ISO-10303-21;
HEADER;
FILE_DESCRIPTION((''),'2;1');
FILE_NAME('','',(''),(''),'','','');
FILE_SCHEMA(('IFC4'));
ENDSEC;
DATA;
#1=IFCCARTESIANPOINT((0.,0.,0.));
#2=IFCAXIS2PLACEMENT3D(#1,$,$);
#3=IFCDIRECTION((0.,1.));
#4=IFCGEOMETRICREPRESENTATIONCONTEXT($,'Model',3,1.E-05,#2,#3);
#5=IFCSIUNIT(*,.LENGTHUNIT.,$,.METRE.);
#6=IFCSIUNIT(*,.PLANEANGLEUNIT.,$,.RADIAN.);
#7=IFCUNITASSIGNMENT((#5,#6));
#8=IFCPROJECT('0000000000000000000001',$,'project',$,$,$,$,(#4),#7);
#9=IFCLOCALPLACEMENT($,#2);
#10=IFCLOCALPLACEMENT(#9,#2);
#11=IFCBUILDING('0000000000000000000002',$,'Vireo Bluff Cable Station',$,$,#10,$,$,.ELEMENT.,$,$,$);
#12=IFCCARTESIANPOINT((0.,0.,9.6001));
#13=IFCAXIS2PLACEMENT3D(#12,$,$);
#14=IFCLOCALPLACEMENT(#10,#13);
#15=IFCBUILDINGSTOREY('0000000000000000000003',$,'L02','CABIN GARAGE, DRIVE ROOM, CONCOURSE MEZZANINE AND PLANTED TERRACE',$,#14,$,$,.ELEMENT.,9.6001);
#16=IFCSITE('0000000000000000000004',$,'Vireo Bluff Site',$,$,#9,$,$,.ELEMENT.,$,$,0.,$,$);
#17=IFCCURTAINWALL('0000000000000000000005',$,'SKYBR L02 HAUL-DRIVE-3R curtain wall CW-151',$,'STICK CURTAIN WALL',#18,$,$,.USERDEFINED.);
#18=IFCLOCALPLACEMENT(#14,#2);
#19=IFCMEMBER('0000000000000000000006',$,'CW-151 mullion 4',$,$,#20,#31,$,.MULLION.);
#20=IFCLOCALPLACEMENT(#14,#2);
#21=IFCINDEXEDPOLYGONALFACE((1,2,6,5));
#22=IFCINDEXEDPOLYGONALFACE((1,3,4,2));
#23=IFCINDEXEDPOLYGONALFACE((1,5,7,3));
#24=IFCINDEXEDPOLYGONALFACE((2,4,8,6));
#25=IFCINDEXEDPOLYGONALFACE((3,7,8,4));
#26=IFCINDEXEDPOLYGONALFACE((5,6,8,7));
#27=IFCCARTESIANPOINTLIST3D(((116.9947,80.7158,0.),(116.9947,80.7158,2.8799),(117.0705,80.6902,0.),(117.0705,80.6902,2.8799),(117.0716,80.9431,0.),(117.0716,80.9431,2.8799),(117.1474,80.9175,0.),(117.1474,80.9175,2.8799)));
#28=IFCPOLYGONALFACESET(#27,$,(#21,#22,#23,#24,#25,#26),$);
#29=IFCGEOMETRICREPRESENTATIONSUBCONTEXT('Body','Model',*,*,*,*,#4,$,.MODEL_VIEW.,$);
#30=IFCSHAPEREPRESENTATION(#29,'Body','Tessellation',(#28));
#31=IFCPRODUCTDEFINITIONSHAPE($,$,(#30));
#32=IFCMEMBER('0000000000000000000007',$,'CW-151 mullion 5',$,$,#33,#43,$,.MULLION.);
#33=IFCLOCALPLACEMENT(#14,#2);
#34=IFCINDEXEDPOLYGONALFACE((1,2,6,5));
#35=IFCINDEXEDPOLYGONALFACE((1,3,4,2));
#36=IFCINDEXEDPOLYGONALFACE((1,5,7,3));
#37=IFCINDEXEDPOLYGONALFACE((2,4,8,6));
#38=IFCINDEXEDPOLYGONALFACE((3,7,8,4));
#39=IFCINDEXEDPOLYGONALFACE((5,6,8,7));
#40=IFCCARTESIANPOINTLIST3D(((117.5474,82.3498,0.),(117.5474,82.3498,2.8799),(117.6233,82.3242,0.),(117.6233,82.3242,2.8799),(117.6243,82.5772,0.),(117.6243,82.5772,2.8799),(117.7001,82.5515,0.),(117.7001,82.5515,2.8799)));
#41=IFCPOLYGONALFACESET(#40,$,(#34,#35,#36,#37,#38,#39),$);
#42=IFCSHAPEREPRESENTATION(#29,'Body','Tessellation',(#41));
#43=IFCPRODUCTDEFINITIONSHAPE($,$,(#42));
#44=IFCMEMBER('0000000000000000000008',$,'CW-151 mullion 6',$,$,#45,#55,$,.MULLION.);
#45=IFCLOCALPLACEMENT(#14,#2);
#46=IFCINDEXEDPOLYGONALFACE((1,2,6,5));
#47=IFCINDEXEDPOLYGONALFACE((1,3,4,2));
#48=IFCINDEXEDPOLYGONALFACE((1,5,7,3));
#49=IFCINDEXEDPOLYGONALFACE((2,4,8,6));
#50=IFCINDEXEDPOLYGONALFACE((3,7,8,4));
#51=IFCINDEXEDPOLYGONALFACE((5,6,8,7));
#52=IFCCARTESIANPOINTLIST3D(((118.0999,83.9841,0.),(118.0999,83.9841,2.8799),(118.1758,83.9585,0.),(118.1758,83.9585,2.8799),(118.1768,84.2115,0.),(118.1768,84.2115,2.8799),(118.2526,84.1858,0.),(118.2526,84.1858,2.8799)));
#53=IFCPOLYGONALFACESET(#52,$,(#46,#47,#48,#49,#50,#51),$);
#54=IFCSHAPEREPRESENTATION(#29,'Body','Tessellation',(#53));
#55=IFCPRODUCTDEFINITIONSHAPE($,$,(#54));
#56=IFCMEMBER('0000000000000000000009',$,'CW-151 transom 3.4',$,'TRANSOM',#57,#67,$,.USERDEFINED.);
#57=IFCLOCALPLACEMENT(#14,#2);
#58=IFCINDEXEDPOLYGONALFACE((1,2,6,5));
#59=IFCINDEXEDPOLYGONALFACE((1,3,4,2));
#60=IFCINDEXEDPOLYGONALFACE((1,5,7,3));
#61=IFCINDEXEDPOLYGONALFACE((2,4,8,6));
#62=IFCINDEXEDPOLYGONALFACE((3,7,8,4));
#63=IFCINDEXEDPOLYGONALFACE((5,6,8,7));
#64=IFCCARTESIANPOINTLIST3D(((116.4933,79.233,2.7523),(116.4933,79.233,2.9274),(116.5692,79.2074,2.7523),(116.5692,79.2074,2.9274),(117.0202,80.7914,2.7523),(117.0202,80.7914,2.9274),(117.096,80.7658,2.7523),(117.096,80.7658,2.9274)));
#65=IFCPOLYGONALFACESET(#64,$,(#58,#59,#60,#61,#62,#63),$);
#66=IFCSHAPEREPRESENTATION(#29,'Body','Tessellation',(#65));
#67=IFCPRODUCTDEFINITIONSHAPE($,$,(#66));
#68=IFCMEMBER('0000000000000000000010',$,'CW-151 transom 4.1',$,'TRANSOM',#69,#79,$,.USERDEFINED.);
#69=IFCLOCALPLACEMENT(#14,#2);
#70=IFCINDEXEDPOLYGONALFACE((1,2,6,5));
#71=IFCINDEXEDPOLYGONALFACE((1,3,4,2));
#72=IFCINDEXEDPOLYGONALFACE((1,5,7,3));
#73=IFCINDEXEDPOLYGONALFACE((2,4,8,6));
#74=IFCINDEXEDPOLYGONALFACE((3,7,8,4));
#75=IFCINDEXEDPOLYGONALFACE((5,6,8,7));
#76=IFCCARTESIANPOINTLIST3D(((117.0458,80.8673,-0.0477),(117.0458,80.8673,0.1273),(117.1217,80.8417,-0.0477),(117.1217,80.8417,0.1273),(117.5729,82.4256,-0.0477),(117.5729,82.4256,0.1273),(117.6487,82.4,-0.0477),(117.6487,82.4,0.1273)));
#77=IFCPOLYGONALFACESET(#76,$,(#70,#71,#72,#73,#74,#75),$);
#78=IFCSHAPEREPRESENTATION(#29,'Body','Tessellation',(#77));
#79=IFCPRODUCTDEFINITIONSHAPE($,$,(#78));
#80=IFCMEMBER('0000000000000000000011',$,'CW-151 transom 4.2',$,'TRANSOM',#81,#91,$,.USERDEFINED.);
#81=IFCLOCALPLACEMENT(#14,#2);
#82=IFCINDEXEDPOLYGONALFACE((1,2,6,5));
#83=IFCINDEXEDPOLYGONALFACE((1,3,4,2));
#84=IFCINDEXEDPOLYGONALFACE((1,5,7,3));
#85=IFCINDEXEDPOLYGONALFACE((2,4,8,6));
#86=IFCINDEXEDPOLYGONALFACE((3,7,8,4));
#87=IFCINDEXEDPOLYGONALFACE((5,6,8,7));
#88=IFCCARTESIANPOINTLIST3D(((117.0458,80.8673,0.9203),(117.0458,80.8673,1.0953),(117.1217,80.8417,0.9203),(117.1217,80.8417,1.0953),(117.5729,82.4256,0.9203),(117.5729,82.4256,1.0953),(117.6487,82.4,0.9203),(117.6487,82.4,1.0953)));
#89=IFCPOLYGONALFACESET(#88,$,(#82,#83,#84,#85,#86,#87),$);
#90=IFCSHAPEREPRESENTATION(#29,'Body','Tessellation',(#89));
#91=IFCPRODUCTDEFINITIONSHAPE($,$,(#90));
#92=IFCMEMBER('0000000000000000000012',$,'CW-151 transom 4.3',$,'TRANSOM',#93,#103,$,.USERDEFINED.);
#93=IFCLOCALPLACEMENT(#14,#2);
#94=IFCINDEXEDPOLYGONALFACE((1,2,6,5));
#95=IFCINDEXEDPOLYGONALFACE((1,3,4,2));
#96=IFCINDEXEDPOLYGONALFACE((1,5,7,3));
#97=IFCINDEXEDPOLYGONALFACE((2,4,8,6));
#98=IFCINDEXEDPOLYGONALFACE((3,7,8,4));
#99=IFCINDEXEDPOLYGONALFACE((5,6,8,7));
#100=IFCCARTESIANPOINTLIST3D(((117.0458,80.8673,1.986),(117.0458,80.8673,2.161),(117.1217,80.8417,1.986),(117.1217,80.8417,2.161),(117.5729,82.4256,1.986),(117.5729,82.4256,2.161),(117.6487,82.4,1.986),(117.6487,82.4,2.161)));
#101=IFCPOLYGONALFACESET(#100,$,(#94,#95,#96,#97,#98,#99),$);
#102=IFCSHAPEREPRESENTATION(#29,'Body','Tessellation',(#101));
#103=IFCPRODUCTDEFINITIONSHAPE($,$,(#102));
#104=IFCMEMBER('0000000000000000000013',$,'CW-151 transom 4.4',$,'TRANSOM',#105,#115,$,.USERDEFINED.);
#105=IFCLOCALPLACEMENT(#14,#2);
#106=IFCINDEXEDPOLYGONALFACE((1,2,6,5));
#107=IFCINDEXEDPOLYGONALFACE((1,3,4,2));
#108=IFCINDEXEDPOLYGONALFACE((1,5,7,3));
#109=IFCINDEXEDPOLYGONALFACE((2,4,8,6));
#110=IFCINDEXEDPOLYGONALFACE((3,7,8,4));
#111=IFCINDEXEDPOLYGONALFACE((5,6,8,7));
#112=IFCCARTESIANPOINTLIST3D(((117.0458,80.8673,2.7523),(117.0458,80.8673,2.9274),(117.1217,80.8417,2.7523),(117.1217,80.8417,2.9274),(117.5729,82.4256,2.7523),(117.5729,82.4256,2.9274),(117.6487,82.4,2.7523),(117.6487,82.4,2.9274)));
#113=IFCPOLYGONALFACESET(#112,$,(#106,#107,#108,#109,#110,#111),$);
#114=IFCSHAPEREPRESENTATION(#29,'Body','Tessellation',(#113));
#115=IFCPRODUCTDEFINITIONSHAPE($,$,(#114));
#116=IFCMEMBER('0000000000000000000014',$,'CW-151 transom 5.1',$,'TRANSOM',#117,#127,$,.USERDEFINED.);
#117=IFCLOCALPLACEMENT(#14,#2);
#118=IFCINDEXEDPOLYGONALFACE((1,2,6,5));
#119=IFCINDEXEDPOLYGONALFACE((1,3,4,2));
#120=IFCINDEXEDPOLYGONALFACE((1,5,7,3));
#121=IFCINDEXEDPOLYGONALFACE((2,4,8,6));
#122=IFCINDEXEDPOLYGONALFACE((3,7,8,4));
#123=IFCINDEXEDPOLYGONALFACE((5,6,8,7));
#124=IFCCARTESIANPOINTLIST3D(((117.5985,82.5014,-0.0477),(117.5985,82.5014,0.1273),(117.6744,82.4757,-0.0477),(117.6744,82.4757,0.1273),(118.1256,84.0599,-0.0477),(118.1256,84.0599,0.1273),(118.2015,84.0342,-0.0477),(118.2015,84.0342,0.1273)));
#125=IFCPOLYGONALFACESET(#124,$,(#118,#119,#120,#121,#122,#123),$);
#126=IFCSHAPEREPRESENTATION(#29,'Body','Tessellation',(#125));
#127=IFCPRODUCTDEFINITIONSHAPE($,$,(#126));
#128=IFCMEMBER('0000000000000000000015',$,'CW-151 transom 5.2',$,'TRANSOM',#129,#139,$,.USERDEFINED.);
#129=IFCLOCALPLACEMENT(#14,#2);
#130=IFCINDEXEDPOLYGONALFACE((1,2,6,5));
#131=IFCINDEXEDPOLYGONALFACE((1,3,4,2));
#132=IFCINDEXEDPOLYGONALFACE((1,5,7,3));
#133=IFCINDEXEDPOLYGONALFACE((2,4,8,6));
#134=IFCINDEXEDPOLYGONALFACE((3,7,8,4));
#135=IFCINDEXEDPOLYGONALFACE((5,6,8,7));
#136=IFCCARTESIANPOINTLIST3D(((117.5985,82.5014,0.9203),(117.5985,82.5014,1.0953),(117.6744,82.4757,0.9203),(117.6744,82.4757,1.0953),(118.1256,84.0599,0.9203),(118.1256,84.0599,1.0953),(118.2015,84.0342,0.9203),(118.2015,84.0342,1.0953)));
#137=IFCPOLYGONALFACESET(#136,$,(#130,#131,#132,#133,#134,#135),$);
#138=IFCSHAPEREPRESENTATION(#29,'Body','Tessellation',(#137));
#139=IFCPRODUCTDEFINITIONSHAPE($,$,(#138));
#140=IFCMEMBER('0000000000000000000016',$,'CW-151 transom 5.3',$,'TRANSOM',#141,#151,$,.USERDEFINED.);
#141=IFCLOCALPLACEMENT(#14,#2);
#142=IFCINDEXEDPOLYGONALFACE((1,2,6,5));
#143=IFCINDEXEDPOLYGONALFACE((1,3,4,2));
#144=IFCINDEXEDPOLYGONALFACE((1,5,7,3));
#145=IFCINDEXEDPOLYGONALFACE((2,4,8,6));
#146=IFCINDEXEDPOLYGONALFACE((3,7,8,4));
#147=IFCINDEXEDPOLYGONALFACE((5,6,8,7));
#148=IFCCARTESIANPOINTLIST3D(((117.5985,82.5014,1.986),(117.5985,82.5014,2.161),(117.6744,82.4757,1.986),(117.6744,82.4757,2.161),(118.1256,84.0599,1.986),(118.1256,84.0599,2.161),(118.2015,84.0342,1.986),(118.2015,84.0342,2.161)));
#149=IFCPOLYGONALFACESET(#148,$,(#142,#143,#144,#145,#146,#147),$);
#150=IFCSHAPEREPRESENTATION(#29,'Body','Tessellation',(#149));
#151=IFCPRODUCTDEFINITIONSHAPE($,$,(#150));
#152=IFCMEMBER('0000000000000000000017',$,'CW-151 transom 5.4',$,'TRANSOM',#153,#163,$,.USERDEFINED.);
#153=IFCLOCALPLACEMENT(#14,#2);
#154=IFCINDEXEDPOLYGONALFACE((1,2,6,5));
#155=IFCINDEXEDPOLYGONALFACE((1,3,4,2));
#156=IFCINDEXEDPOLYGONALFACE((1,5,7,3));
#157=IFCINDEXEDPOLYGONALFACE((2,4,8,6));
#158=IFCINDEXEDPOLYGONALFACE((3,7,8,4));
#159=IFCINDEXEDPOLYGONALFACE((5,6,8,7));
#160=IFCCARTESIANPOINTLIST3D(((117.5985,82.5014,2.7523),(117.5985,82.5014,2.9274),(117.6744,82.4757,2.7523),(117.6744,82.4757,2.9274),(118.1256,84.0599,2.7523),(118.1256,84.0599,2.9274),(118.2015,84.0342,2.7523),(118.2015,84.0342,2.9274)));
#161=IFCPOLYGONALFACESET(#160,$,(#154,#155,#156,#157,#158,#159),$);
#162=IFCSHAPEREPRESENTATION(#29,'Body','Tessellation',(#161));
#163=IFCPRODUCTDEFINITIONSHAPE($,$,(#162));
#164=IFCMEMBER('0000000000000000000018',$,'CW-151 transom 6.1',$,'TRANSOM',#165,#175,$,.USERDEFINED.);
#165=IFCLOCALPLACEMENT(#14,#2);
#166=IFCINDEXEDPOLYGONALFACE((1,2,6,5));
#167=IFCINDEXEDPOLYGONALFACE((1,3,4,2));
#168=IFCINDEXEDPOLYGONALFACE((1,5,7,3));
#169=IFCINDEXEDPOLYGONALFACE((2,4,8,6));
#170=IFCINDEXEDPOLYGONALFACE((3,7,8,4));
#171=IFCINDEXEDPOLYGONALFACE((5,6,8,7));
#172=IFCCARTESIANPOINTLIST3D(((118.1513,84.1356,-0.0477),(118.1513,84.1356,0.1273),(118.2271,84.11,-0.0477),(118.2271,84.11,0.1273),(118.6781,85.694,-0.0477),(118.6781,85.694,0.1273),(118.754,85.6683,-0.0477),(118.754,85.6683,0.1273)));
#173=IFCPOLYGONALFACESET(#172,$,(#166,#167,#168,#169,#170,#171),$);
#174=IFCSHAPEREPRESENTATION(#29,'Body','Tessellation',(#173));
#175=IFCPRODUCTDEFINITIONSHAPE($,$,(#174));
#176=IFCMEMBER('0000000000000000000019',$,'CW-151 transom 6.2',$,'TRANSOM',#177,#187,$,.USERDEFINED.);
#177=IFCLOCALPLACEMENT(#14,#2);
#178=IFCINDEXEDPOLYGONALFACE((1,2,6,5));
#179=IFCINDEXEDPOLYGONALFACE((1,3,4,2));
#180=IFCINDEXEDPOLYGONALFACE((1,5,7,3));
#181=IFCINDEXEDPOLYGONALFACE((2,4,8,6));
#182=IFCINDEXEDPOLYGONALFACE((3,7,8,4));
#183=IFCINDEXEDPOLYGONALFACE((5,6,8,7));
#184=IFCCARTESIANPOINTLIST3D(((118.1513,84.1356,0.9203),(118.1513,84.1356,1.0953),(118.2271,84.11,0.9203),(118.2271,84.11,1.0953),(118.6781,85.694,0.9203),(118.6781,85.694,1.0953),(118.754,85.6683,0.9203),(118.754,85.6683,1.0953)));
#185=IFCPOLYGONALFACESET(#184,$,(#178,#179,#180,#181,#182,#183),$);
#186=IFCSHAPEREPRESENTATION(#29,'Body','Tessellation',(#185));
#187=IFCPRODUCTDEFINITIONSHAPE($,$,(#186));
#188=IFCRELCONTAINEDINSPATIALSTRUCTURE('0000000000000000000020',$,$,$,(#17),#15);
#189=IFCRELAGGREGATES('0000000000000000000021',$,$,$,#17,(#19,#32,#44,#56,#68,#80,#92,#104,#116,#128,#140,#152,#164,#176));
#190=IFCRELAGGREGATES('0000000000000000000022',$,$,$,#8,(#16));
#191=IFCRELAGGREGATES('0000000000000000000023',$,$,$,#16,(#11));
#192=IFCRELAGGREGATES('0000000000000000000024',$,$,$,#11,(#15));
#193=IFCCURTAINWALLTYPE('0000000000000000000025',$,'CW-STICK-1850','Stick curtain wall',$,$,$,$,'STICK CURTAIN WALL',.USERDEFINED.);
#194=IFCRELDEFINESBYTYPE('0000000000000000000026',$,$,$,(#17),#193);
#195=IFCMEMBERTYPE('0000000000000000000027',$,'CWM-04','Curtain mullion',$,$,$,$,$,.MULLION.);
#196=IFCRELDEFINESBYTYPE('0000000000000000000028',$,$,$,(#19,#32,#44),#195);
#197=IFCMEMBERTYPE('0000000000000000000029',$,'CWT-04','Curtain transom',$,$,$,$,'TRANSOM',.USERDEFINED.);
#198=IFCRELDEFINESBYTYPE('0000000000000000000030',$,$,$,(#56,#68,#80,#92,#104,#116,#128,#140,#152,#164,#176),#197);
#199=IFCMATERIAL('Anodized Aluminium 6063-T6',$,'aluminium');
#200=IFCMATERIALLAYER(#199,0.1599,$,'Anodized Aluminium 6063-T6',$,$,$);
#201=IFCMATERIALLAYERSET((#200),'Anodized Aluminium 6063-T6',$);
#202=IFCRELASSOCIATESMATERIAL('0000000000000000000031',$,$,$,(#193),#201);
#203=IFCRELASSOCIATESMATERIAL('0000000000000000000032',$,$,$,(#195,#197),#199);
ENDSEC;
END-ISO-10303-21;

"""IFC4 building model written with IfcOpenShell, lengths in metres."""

from ifc_helpers import new_model, si_unit, direction, frame, origin, origin_2d, place, context, subcontext, project, spatial, rectangle, extrude, material, layer, layer_set, material_profile, profile_set, type_object, element, aggregate, save


model = new_model("IFC4")

# Units and contexts
model_context = context("Model", 3, precision=1e-05, world=origin(), true_north=direction((0.0, 1.0)))
body_context = subcontext(model_context, "Body", "Model", "MODEL_VIEW")
ifc_project = project(units=[si_unit("LENGTHUNIT", "METRE"), si_unit("PLANEANGLEUNIT", "RADIAN")], contexts=[model_context])

# Site, building, storey
site_placement = place(None, origin())
site = spatial("IfcSite", under=ifc_project, at=site_placement, Name="Vireo Bluff Site", CompositionType="ELEMENT", RefElevation=0.0)
building_placement = place(site_placement, origin())
building = spatial("IfcBuilding", under=site, at=building_placement, Name="Vireo Bluff Cable Station", CompositionType="ELEMENT")
storey_placement = place(building_placement, frame((0.0, 0.0, 9.6001)))
storey = spatial("IfcBuildingStorey", under=building, at=storey_placement, Name="L02", Description="CABIN GARAGE, DRIVE ROOM, CONCOURSE MEZZANINE AND PLANTED TERRACE", CompositionType="ELEMENT", Elevation=9.6001)

# Curtain wall, members
ifc_material_1 = material(Name="Anodized Aluminium 6063-T6", Category="aluminium")
ifc_layer_1 = layer(ifc_material_1, 0.1599, Name="Anodized Aluminium 6063-T6")
ifc_layer_set_1 = layer_set([ifc_layer_1], Name="Anodized Aluminium 6063-T6")
curtain_wall_type = type_object("IfcCurtainWallType", Name="CW-STICK-1850", Description="Stick curtain wall", ElementType="STICK CURTAIN WALL", PredefinedType="USERDEFINED", material=ifc_layer_set_1)
curtain_wall_placement = place(storey_placement, origin())
curtain_wall = element("IfcCurtainWall", 1, at=curtain_wall_placement, inside=storey, type_object=curtain_wall_type, Name="SKYBR L02 HAUL-DRIVE-3R curtain wall CW-151", ObjectType="STICK CURTAIN WALL", PredefinedType="USERDEFINED")
ifc_material_profile_1 = material_profile(ifc_material_1, rectangle(XDim=0.0801, YDim=0.24, at=origin_2d()), Name="ALU-M-80X240")
ifc_profile_set_1 = profile_set([ifc_material_profile_1], Name="Anodized Aluminium 6063-T6")
member_type_1 = type_object("IfcMemberType", Name="CWM-04", Description="Curtain mullion", PredefinedType="MULLION", material=ifc_profile_set_1)
member_1_placement = place(storey_placement, frame((117.071, 80.8167, 0.0), z_axis=(0.0, 0.0, 1.0), x_axis=(-0.947298, 0.320354, 0.0)))
member_1 = element("IfcMember", 2, at=member_1_placement, type_object=member_type_1, Name="CW-151 mullion 4", PredefinedType="MULLION", context=body_context, shape_type="SweptSolid", body=[
    extrude(rectangle(XDim=0.0801, YDim=0.24, at=origin_2d()), origin(), (0.0, 0.0, 1.0), 2.8799),
])
member_2_placement = place(storey_placement, frame((117.6238, 82.4507, 0.0), z_axis=(0.0, 0.0, 1.0), x_axis=(-0.947298, 0.320354, 0.0)))
member_2 = element("IfcMember", 3, at=member_2_placement, type_object=member_type_1, Name="CW-151 mullion 5", PredefinedType="MULLION", context=body_context, shape_type="SweptSolid", body=[
    extrude(rectangle(XDim=0.0801, YDim=0.24, at=origin_2d()), origin(), (0.0, 0.0, 1.0), 2.8799),
])
member_3_placement = place(storey_placement, frame((118.1763, 84.085, 0.0), z_axis=(0.0, 0.0, 1.0), x_axis=(-0.947298, 0.320354, 0.0)))
member_3 = element("IfcMember", 4, at=member_3_placement, type_object=member_type_1, Name="CW-151 mullion 6", PredefinedType="MULLION", context=body_context, shape_type="SweptSolid", body=[
    extrude(rectangle(XDim=0.0801, YDim=0.24, at=origin_2d()), origin(), (0.0, 0.0, 1.0), 2.8799),
])
ifc_material_profile_2 = material_profile(ifc_material_1, rectangle(XDim=0.0801, YDim=0.175, at=origin_2d()), Name="ALU-T-80X175")
ifc_profile_set_2 = profile_set([ifc_material_profile_2], Name="Anodized Aluminium 6063-T6")
member_type_2 = type_object("IfcMemberType", Name="CWT-04", Description="Curtain transom", ElementType="TRANSOM", PredefinedType="USERDEFINED", material=ifc_profile_set_2)
member_4_placement = place(storey_placement, frame((116.5312, 79.2202, 2.8398), z_axis=(0.320277, 0.947324, 0.0), x_axis=(-0.947324, 0.320277, 0.0)))
member_4 = element("IfcMember", 5, at=member_4_placement, type_object=member_type_2, Name="CW-151 transom 3.4", ObjectType="TRANSOM", PredefinedType="USERDEFINED", context=body_context, shape_type="SweptSolid", body=[
    extrude(rectangle(XDim=0.0801, YDim=0.175, at=origin_2d()), origin(), (0.0, 0.0, 1.0), 1.645),
])
member_5_placement = place(storey_placement, frame((117.0837, 80.8545, 0.0398), z_axis=(0.32041, 0.947279, 0.0), x_axis=(-0.947279, 0.32041, 0.0)))
member_5 = element("IfcMember", 6, at=member_5_placement, type_object=member_type_2, Name="CW-151 transom 4.1", ObjectType="TRANSOM", PredefinedType="USERDEFINED", context=body_context, shape_type="SweptSolid", body=[
    extrude(rectangle(XDim=0.0801, YDim=0.175, at=origin_2d()), origin(), (0.0, 0.0, 1.0), 1.645),
])
member_6_placement = place(storey_placement, frame((117.0837, 80.8545, 1.0078), z_axis=(0.32041, 0.947279, 0.0), x_axis=(-0.947279, 0.32041, 0.0)))
member_6 = element("IfcMember", 7, at=member_6_placement, type_object=member_type_2, Name="CW-151 transom 4.2", ObjectType="TRANSOM", PredefinedType="USERDEFINED", context=body_context, shape_type="SweptSolid", body=[
    extrude(rectangle(XDim=0.0801, YDim=0.175, at=origin_2d()), origin(), (0.0, 0.0, 1.0), 1.645),
])
member_7_placement = place(storey_placement, frame((117.0837, 80.8545, 2.0735), z_axis=(0.32041, 0.947279, 0.0), x_axis=(-0.947279, 0.32041, 0.0)))
member_7 = element("IfcMember", 8, at=member_7_placement, type_object=member_type_2, Name="CW-151 transom 4.3", ObjectType="TRANSOM", PredefinedType="USERDEFINED", context=body_context, shape_type="SweptSolid", body=[
    extrude(rectangle(XDim=0.0801, YDim=0.175, at=origin_2d()), origin(), (0.0, 0.0, 1.0), 1.645),
])
member_8_placement = place(storey_placement, frame((117.0837, 80.8545, 2.8398), z_axis=(0.32041, 0.947279, 0.0), x_axis=(-0.947279, 0.32041, 0.0)))
member_8 = element("IfcMember", 9, at=member_8_placement, type_object=member_type_2, Name="CW-151 transom 4.4", ObjectType="TRANSOM", PredefinedType="USERDEFINED", context=body_context, shape_type="SweptSolid", body=[
    extrude(rectangle(XDim=0.0801, YDim=0.175, at=origin_2d()), origin(), (0.0, 0.0, 1.0), 1.645),
])
member_9_placement = place(storey_placement, frame((117.6365, 82.4885, 0.0398), z_axis=(0.320365, 0.947294, 0.0), x_axis=(-0.947294, 0.320365, 0.0)))
member_9 = element("IfcMember", 10, at=member_9_placement, type_object=member_type_2, Name="CW-151 transom 5.1", ObjectType="TRANSOM", PredefinedType="USERDEFINED", context=body_context, shape_type="SweptSolid", body=[
    extrude(rectangle(XDim=0.0801, YDim=0.175, at=origin_2d()), origin(), (0.0, 0.0, 1.0), 1.6453),
])
member_10_placement = place(storey_placement, frame((117.6365, 82.4885, 1.0078), z_axis=(0.320365, 0.947294, 0.0), x_axis=(-0.947294, 0.320365, 0.0)))
member_10 = element("IfcMember", 11, at=member_10_placement, type_object=member_type_2, Name="CW-151 transom 5.2", ObjectType="TRANSOM", PredefinedType="USERDEFINED", context=body_context, shape_type="SweptSolid", body=[
    extrude(rectangle(XDim=0.0801, YDim=0.175, at=origin_2d()), origin(), (0.0, 0.0, 1.0), 1.6453),
])
member_11_placement = place(storey_placement, frame((117.6365, 82.4885, 2.0735), z_axis=(0.320365, 0.947294, 0.0), x_axis=(-0.947294, 0.320365, 0.0)))
member_11 = element("IfcMember", 12, at=member_11_placement, type_object=member_type_2, Name="CW-151 transom 5.3", ObjectType="TRANSOM", PredefinedType="USERDEFINED", context=body_context, shape_type="SweptSolid", body=[
    extrude(rectangle(XDim=0.0801, YDim=0.175, at=origin_2d()), origin(), (0.0, 0.0, 1.0), 1.6453),
])
member_12_placement = place(storey_placement, frame((117.6365, 82.4885, 2.8398), z_axis=(0.320365, 0.947294, 0.0), x_axis=(-0.947294, 0.320365, 0.0)))
member_12 = element("IfcMember", 13, at=member_12_placement, type_object=member_type_2, Name="CW-151 transom 5.4", ObjectType="TRANSOM", PredefinedType="USERDEFINED", context=body_context, shape_type="SweptSolid", body=[
    extrude(rectangle(XDim=0.0801, YDim=0.175, at=origin_2d()), origin(), (0.0, 0.0, 1.0), 1.6453),
])
member_13_placement = place(storey_placement, frame((118.1892, 84.1228, 0.0398), z_axis=(0.320277, 0.947324, 0.0), x_axis=(-0.947324, 0.320277, 0.0)))
member_13 = element("IfcMember", 14, at=member_13_placement, type_object=member_type_2, Name="CW-151 transom 6.1", ObjectType="TRANSOM", PredefinedType="USERDEFINED", context=body_context, shape_type="SweptSolid", body=[
    extrude(rectangle(XDim=0.0801, YDim=0.175, at=origin_2d()), origin(), (0.0, 0.0, 1.0), 1.645),
])
member_14_placement = place(storey_placement, frame((118.1892, 84.1228, 1.0078), z_axis=(0.320277, 0.947324, 0.0), x_axis=(-0.947324, 0.320277, 0.0)))
member_14 = element("IfcMember", 15, at=member_14_placement, type_object=member_type_2, Name="CW-151 transom 6.2", ObjectType="TRANSOM", PredefinedType="USERDEFINED", context=body_context, shape_type="SweptSolid", body=[
    extrude(rectangle(XDim=0.0801, YDim=0.175, at=origin_2d()), origin(), (0.0, 0.0, 1.0), 1.645),
])
aggregate(curtain_wall, [member_1, member_2, member_3, member_4, member_5, member_6, member_7, member_8, member_9, member_10, member_11, member_12, member_13, member_14])

save(model, "model.ifc")
